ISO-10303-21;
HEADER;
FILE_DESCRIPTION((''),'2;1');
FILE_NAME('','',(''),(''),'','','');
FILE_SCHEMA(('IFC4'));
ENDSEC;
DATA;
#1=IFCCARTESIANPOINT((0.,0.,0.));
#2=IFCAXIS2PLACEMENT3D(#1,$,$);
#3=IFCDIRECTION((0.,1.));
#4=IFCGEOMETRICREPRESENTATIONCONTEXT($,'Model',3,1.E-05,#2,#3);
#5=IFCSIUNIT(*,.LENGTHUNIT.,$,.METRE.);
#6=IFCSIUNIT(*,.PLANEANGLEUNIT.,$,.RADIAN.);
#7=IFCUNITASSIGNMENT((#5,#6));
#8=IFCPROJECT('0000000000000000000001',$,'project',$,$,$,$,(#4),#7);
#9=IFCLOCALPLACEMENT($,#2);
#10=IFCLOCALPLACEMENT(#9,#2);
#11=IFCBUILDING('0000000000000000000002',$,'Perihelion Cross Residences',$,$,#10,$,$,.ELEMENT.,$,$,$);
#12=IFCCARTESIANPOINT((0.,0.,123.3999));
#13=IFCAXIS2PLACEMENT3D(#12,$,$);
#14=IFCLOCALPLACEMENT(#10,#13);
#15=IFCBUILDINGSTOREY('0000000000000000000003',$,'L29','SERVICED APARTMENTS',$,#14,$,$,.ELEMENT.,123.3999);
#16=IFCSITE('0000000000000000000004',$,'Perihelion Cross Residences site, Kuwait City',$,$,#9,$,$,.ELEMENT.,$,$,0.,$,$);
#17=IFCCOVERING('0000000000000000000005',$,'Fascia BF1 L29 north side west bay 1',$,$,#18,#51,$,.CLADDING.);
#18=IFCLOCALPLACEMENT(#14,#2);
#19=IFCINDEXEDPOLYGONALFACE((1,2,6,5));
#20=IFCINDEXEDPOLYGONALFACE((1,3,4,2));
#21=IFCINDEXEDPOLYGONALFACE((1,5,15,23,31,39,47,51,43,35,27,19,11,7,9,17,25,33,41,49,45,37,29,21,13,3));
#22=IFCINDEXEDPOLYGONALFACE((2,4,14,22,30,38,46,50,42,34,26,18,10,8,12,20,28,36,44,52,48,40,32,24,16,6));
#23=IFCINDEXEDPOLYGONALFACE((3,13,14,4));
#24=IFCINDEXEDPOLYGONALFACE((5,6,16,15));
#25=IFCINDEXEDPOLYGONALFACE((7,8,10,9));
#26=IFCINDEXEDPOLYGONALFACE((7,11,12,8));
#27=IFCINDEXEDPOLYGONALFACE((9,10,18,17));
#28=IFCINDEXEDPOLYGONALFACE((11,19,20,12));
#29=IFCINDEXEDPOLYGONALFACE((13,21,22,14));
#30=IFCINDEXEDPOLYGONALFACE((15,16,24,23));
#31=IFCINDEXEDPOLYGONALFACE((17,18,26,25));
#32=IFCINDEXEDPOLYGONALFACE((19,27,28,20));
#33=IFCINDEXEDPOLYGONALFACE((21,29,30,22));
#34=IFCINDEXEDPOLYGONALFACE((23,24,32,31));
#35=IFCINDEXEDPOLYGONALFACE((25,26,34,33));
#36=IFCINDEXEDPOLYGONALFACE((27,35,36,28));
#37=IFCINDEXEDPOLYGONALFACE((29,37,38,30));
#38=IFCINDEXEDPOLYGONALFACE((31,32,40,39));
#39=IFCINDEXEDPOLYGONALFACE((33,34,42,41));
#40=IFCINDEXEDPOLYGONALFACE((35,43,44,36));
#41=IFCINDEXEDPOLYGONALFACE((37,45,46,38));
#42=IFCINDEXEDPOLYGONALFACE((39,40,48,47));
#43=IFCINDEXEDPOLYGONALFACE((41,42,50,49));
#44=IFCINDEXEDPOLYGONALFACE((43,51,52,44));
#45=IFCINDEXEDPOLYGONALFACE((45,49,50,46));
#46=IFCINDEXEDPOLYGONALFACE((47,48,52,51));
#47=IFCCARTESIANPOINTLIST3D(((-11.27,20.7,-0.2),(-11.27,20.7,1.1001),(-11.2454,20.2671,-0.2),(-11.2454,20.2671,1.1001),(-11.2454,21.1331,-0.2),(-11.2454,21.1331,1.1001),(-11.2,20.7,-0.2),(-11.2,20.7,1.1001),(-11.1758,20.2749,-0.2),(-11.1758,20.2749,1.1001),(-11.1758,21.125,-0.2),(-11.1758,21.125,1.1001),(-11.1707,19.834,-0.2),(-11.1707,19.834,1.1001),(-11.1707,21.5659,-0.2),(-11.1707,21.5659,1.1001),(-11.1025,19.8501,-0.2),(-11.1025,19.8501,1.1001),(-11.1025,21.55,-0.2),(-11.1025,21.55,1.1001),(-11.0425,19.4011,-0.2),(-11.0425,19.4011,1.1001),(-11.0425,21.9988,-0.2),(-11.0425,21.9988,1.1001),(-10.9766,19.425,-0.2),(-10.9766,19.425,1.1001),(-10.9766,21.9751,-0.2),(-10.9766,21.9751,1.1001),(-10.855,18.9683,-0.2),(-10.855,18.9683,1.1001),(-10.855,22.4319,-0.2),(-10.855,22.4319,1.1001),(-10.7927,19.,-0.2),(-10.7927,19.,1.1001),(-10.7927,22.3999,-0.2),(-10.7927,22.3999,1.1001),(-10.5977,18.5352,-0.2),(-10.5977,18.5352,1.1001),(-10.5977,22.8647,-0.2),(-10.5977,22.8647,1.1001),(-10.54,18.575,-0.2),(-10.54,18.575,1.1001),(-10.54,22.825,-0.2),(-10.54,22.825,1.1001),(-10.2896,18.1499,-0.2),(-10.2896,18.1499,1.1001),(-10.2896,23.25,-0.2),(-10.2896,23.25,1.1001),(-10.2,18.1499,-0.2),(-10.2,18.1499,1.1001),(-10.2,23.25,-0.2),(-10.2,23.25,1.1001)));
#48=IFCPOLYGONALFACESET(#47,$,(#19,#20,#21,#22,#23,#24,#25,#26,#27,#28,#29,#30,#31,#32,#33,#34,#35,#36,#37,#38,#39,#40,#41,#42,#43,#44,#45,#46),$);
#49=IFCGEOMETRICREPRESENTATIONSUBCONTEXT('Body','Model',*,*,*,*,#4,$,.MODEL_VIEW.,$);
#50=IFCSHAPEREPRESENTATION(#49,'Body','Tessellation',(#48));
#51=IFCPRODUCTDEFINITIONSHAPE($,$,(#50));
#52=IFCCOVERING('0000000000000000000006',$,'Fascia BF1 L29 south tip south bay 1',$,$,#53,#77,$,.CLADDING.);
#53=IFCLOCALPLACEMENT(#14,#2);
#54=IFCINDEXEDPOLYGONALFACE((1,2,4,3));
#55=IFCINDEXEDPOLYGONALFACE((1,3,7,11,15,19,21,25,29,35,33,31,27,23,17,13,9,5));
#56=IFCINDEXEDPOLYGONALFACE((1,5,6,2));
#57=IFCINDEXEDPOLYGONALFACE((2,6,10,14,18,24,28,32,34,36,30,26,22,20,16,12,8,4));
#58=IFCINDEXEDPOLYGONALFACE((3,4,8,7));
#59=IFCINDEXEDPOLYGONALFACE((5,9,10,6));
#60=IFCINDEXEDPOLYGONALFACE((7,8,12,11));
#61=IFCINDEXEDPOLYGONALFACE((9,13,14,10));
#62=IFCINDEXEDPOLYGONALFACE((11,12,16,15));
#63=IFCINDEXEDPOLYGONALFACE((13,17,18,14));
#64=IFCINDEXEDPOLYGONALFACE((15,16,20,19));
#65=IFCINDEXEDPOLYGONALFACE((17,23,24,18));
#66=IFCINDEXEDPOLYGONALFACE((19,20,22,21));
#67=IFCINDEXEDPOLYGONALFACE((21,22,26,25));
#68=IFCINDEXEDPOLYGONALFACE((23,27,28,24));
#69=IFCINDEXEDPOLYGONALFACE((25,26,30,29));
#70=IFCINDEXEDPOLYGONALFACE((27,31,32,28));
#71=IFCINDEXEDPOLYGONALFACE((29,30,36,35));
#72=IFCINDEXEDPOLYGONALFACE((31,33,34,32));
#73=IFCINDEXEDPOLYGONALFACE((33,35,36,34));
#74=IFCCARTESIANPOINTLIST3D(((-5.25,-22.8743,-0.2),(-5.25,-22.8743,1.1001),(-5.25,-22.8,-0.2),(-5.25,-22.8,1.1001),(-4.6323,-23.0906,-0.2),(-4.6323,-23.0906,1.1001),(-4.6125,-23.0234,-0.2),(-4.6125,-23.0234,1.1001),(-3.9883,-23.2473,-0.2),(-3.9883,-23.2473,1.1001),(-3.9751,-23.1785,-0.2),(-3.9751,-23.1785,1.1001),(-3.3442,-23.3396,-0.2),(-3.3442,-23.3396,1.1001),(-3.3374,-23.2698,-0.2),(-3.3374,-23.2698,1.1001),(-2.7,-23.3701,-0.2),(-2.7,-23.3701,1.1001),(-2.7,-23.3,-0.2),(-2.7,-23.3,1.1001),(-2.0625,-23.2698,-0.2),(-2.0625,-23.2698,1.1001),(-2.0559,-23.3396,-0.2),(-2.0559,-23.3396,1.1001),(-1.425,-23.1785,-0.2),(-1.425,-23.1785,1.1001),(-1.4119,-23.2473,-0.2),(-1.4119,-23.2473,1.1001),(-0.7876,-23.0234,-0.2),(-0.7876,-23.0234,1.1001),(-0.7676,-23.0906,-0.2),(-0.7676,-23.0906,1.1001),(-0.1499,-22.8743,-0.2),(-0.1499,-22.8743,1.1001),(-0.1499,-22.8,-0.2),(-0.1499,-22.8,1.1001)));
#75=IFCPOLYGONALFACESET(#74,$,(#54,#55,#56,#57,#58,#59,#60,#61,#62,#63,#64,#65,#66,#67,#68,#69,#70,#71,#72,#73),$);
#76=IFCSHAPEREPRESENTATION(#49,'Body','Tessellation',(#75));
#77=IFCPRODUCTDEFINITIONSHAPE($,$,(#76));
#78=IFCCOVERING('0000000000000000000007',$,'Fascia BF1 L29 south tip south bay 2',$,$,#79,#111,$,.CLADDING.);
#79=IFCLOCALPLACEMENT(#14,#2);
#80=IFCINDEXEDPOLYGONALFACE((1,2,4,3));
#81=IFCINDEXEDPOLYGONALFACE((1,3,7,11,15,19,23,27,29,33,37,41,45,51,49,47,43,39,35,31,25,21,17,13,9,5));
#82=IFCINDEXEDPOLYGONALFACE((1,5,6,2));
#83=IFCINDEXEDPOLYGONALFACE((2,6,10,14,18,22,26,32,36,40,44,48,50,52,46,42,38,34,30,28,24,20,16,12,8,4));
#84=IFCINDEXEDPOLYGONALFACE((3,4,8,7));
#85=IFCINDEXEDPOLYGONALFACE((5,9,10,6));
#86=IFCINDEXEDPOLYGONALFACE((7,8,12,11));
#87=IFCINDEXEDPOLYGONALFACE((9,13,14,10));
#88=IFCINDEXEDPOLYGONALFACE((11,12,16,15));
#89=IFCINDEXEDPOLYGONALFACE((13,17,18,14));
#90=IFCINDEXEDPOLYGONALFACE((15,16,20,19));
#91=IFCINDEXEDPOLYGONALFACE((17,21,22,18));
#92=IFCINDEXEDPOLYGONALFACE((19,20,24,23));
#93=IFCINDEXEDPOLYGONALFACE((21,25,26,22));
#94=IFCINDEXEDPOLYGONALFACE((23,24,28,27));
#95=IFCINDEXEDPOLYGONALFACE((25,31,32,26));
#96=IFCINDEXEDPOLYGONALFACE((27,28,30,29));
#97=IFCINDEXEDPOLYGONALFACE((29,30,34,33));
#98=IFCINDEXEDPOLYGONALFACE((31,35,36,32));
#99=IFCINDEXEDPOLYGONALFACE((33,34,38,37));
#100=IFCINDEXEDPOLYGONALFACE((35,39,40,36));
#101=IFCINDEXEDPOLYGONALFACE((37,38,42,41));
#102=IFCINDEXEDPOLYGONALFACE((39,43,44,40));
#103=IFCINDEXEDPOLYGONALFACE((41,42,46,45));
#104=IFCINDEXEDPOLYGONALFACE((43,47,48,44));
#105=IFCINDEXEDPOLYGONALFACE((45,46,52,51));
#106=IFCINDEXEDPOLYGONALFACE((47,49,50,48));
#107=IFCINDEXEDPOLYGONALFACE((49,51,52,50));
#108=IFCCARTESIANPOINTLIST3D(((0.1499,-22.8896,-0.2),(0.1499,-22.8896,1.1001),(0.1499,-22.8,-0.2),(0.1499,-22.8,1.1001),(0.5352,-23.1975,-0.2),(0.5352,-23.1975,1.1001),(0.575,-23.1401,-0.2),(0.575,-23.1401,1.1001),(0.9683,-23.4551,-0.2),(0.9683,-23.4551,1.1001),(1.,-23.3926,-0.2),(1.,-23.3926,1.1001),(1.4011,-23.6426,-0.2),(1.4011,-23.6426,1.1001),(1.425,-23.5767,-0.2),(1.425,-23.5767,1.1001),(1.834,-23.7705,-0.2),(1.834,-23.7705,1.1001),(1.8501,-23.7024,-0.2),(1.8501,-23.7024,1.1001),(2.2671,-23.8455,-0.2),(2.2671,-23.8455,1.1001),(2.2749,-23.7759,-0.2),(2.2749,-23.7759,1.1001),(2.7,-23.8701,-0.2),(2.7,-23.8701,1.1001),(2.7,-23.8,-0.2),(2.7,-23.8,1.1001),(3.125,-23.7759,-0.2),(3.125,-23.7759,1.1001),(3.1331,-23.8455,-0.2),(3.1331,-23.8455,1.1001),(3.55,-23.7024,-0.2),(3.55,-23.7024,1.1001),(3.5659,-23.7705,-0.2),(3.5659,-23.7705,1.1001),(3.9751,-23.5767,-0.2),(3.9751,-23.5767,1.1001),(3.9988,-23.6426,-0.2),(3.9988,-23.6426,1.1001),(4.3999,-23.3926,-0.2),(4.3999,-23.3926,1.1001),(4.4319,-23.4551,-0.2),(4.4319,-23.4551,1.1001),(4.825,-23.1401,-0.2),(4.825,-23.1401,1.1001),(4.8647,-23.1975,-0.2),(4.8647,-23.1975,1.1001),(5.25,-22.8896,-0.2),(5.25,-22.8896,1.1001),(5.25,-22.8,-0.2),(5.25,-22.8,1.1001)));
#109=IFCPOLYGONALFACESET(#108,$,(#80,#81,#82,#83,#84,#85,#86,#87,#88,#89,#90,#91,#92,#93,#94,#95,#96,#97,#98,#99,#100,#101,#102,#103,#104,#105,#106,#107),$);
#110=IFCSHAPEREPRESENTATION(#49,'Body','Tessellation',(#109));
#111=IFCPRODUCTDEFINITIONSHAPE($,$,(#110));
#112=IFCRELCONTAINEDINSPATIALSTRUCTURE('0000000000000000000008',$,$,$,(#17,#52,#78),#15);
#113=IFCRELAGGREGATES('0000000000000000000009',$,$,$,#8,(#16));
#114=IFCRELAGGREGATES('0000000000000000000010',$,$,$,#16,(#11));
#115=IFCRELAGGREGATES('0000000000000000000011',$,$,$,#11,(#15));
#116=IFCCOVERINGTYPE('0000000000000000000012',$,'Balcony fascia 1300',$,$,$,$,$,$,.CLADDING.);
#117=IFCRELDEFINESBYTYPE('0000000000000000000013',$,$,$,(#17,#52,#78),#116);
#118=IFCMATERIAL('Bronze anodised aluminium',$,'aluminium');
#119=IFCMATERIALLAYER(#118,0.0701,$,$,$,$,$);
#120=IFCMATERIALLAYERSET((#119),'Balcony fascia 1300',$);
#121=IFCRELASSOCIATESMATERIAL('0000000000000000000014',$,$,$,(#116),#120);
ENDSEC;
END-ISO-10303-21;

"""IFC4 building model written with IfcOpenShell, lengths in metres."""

from ifc_helpers import new_model, si_unit, direction, frame, origin, place, context, subcontext, project, spatial, polyline, outline, extrude, material, layer, layer_set, type_object, element, save


model = new_model("IFC4")

# Units and contexts
model_context = context("Model", 3, precision=1e-05, world=origin(), true_north=direction((0.0, 1.0)))
body_context = subcontext(model_context, "Body", "Model", "MODEL_VIEW")
ifc_project = project(units=[si_unit("LENGTHUNIT", "METRE"), si_unit("PLANEANGLEUNIT", "RADIAN")], contexts=[model_context])

# Site, building, storey
site_placement = place(None, origin())
site = spatial("IfcSite", under=ifc_project, at=site_placement, Name="Perihelion Cross Residences site, Kuwait City", CompositionType="ELEMENT", RefElevation=0.0)
building_placement = place(site_placement, origin())
building = spatial("IfcBuilding", under=site, at=building_placement, Name="Perihelion Cross Residences", CompositionType="ELEMENT")
storey_placement = place(building_placement, frame((0.0, 0.0, 123.3999)))
storey = spatial("IfcBuildingStorey", under=building, at=storey_placement, Name="L29", Description="SERVICED APARTMENTS", CompositionType="ELEMENT", Elevation=123.3999)

# Coverings
ifc_material_1 = material(Name="Bronze anodised aluminium", Category="aluminium")
ifc_layer_1 = layer(ifc_material_1, 0.0701)
ifc_layer_set_1 = layer_set([ifc_layer_1], Name="Balcony fascia 1300")
covering_type = type_object("IfcCoveringType", Name="Balcony fascia 1300", PredefinedType="CLADDING", material=ifc_layer_set_1)
covering_1_placement = place(storey_placement, frame((0.0, 0.0, -0.2)))
element("IfcCovering", 1, at=covering_1_placement, inside=storey, type_object=covering_type, Name="Fascia BF1 L29 north side west bay 1", PredefinedType="CLADDING", context=body_context, shape_type="SweptSolid", body=[
    extrude(outline(polyline([(-10.5977, 22.8647), (-10.855, 22.4319), (-11.0425, 21.9988), (-11.1707, 21.5659), (-11.2454, 21.1331), (-11.27, 20.7), (-11.2454, 20.2671), (-11.1707, 19.834), (-11.0425, 19.4011), (-10.855, 18.9683), (-10.5977, 18.5352), (-10.2896, 18.1499), (-10.2, 18.1499), (-10.54, 18.575), (-10.7927, 19.0), (-10.9766, 19.425), (-11.1025, 19.8501), (-11.1758, 20.2749), (-11.2, 20.7), (-11.1758, 21.125), (-11.1025, 21.55), (-10.9766, 21.9751), (-10.7927, 22.3999), (-10.54, 22.825), (-10.2, 23.25), (-10.2896, 23.25), (-10.5977, 22.8647)])), origin(), (0.0, 0.0, 1.0), 1.3),
])
covering_2_placement = place(storey_placement, frame((0.0, 0.0, -0.2)))
element("IfcCovering", 2, at=covering_2_placement, inside=storey, type_object=covering_type, Name="Fascia BF1 L29 south tip south bay 1", PredefinedType="CLADDING", context=body_context, shape_type="SweptSolid", body=[
    extrude(outline(polyline([(-4.6323, -23.0906), (-3.9883, -23.2473), (-3.3442, -23.3396), (-2.7, -23.3701), (-2.0559, -23.3396), (-1.4119, -23.2473), (-0.7676, -23.0906), (-0.1499, -22.8743), (-0.1499, -22.8), (-0.7876, -23.0234), (-1.425, -23.1785), (-2.0625, -23.2698), (-2.7, -23.3), (-3.3374, -23.2698), (-3.9751, -23.1785), (-4.6125, -23.0234), (-5.25, -22.8), (-5.25, -22.8743), (-4.6323, -23.0906)])), origin(), (0.0, 0.0, 1.0), 1.3),
])
covering_3_placement = place(storey_placement, frame((0.0, 0.0, -0.2)))
element("IfcCovering", 3, at=covering_3_placement, inside=storey, type_object=covering_type, Name="Fascia BF1 L29 south tip south bay 2", PredefinedType="CLADDING", context=body_context, shape_type="SweptSolid", body=[
    extrude(outline(polyline([(0.5352, -23.1975), (0.9683, -23.4551), (1.4011, -23.6426), (1.834, -23.7705), (2.2671, -23.8455), (2.7, -23.8701), (3.1331, -23.8455), (3.5659, -23.7705), (3.9988, -23.6426), (4.4319, -23.4551), (4.8647, -23.1975), (5.25, -22.8896), (5.25, -22.8), (4.825, -23.1401), (4.3999, -23.3926), (3.9751, -23.5767), (3.55, -23.7024), (3.125, -23.7759), (2.7, -23.8), (2.2749, -23.7759), (1.8501, -23.7024), (1.425, -23.5767), (1.0, -23.3926), (0.575, -23.1401), (0.1499, -22.8), (0.1499, -22.8896), (0.5352, -23.1975)])), origin(), (0.0, 0.0, 1.0), 1.3),
])

save(model, "model.ifc")
